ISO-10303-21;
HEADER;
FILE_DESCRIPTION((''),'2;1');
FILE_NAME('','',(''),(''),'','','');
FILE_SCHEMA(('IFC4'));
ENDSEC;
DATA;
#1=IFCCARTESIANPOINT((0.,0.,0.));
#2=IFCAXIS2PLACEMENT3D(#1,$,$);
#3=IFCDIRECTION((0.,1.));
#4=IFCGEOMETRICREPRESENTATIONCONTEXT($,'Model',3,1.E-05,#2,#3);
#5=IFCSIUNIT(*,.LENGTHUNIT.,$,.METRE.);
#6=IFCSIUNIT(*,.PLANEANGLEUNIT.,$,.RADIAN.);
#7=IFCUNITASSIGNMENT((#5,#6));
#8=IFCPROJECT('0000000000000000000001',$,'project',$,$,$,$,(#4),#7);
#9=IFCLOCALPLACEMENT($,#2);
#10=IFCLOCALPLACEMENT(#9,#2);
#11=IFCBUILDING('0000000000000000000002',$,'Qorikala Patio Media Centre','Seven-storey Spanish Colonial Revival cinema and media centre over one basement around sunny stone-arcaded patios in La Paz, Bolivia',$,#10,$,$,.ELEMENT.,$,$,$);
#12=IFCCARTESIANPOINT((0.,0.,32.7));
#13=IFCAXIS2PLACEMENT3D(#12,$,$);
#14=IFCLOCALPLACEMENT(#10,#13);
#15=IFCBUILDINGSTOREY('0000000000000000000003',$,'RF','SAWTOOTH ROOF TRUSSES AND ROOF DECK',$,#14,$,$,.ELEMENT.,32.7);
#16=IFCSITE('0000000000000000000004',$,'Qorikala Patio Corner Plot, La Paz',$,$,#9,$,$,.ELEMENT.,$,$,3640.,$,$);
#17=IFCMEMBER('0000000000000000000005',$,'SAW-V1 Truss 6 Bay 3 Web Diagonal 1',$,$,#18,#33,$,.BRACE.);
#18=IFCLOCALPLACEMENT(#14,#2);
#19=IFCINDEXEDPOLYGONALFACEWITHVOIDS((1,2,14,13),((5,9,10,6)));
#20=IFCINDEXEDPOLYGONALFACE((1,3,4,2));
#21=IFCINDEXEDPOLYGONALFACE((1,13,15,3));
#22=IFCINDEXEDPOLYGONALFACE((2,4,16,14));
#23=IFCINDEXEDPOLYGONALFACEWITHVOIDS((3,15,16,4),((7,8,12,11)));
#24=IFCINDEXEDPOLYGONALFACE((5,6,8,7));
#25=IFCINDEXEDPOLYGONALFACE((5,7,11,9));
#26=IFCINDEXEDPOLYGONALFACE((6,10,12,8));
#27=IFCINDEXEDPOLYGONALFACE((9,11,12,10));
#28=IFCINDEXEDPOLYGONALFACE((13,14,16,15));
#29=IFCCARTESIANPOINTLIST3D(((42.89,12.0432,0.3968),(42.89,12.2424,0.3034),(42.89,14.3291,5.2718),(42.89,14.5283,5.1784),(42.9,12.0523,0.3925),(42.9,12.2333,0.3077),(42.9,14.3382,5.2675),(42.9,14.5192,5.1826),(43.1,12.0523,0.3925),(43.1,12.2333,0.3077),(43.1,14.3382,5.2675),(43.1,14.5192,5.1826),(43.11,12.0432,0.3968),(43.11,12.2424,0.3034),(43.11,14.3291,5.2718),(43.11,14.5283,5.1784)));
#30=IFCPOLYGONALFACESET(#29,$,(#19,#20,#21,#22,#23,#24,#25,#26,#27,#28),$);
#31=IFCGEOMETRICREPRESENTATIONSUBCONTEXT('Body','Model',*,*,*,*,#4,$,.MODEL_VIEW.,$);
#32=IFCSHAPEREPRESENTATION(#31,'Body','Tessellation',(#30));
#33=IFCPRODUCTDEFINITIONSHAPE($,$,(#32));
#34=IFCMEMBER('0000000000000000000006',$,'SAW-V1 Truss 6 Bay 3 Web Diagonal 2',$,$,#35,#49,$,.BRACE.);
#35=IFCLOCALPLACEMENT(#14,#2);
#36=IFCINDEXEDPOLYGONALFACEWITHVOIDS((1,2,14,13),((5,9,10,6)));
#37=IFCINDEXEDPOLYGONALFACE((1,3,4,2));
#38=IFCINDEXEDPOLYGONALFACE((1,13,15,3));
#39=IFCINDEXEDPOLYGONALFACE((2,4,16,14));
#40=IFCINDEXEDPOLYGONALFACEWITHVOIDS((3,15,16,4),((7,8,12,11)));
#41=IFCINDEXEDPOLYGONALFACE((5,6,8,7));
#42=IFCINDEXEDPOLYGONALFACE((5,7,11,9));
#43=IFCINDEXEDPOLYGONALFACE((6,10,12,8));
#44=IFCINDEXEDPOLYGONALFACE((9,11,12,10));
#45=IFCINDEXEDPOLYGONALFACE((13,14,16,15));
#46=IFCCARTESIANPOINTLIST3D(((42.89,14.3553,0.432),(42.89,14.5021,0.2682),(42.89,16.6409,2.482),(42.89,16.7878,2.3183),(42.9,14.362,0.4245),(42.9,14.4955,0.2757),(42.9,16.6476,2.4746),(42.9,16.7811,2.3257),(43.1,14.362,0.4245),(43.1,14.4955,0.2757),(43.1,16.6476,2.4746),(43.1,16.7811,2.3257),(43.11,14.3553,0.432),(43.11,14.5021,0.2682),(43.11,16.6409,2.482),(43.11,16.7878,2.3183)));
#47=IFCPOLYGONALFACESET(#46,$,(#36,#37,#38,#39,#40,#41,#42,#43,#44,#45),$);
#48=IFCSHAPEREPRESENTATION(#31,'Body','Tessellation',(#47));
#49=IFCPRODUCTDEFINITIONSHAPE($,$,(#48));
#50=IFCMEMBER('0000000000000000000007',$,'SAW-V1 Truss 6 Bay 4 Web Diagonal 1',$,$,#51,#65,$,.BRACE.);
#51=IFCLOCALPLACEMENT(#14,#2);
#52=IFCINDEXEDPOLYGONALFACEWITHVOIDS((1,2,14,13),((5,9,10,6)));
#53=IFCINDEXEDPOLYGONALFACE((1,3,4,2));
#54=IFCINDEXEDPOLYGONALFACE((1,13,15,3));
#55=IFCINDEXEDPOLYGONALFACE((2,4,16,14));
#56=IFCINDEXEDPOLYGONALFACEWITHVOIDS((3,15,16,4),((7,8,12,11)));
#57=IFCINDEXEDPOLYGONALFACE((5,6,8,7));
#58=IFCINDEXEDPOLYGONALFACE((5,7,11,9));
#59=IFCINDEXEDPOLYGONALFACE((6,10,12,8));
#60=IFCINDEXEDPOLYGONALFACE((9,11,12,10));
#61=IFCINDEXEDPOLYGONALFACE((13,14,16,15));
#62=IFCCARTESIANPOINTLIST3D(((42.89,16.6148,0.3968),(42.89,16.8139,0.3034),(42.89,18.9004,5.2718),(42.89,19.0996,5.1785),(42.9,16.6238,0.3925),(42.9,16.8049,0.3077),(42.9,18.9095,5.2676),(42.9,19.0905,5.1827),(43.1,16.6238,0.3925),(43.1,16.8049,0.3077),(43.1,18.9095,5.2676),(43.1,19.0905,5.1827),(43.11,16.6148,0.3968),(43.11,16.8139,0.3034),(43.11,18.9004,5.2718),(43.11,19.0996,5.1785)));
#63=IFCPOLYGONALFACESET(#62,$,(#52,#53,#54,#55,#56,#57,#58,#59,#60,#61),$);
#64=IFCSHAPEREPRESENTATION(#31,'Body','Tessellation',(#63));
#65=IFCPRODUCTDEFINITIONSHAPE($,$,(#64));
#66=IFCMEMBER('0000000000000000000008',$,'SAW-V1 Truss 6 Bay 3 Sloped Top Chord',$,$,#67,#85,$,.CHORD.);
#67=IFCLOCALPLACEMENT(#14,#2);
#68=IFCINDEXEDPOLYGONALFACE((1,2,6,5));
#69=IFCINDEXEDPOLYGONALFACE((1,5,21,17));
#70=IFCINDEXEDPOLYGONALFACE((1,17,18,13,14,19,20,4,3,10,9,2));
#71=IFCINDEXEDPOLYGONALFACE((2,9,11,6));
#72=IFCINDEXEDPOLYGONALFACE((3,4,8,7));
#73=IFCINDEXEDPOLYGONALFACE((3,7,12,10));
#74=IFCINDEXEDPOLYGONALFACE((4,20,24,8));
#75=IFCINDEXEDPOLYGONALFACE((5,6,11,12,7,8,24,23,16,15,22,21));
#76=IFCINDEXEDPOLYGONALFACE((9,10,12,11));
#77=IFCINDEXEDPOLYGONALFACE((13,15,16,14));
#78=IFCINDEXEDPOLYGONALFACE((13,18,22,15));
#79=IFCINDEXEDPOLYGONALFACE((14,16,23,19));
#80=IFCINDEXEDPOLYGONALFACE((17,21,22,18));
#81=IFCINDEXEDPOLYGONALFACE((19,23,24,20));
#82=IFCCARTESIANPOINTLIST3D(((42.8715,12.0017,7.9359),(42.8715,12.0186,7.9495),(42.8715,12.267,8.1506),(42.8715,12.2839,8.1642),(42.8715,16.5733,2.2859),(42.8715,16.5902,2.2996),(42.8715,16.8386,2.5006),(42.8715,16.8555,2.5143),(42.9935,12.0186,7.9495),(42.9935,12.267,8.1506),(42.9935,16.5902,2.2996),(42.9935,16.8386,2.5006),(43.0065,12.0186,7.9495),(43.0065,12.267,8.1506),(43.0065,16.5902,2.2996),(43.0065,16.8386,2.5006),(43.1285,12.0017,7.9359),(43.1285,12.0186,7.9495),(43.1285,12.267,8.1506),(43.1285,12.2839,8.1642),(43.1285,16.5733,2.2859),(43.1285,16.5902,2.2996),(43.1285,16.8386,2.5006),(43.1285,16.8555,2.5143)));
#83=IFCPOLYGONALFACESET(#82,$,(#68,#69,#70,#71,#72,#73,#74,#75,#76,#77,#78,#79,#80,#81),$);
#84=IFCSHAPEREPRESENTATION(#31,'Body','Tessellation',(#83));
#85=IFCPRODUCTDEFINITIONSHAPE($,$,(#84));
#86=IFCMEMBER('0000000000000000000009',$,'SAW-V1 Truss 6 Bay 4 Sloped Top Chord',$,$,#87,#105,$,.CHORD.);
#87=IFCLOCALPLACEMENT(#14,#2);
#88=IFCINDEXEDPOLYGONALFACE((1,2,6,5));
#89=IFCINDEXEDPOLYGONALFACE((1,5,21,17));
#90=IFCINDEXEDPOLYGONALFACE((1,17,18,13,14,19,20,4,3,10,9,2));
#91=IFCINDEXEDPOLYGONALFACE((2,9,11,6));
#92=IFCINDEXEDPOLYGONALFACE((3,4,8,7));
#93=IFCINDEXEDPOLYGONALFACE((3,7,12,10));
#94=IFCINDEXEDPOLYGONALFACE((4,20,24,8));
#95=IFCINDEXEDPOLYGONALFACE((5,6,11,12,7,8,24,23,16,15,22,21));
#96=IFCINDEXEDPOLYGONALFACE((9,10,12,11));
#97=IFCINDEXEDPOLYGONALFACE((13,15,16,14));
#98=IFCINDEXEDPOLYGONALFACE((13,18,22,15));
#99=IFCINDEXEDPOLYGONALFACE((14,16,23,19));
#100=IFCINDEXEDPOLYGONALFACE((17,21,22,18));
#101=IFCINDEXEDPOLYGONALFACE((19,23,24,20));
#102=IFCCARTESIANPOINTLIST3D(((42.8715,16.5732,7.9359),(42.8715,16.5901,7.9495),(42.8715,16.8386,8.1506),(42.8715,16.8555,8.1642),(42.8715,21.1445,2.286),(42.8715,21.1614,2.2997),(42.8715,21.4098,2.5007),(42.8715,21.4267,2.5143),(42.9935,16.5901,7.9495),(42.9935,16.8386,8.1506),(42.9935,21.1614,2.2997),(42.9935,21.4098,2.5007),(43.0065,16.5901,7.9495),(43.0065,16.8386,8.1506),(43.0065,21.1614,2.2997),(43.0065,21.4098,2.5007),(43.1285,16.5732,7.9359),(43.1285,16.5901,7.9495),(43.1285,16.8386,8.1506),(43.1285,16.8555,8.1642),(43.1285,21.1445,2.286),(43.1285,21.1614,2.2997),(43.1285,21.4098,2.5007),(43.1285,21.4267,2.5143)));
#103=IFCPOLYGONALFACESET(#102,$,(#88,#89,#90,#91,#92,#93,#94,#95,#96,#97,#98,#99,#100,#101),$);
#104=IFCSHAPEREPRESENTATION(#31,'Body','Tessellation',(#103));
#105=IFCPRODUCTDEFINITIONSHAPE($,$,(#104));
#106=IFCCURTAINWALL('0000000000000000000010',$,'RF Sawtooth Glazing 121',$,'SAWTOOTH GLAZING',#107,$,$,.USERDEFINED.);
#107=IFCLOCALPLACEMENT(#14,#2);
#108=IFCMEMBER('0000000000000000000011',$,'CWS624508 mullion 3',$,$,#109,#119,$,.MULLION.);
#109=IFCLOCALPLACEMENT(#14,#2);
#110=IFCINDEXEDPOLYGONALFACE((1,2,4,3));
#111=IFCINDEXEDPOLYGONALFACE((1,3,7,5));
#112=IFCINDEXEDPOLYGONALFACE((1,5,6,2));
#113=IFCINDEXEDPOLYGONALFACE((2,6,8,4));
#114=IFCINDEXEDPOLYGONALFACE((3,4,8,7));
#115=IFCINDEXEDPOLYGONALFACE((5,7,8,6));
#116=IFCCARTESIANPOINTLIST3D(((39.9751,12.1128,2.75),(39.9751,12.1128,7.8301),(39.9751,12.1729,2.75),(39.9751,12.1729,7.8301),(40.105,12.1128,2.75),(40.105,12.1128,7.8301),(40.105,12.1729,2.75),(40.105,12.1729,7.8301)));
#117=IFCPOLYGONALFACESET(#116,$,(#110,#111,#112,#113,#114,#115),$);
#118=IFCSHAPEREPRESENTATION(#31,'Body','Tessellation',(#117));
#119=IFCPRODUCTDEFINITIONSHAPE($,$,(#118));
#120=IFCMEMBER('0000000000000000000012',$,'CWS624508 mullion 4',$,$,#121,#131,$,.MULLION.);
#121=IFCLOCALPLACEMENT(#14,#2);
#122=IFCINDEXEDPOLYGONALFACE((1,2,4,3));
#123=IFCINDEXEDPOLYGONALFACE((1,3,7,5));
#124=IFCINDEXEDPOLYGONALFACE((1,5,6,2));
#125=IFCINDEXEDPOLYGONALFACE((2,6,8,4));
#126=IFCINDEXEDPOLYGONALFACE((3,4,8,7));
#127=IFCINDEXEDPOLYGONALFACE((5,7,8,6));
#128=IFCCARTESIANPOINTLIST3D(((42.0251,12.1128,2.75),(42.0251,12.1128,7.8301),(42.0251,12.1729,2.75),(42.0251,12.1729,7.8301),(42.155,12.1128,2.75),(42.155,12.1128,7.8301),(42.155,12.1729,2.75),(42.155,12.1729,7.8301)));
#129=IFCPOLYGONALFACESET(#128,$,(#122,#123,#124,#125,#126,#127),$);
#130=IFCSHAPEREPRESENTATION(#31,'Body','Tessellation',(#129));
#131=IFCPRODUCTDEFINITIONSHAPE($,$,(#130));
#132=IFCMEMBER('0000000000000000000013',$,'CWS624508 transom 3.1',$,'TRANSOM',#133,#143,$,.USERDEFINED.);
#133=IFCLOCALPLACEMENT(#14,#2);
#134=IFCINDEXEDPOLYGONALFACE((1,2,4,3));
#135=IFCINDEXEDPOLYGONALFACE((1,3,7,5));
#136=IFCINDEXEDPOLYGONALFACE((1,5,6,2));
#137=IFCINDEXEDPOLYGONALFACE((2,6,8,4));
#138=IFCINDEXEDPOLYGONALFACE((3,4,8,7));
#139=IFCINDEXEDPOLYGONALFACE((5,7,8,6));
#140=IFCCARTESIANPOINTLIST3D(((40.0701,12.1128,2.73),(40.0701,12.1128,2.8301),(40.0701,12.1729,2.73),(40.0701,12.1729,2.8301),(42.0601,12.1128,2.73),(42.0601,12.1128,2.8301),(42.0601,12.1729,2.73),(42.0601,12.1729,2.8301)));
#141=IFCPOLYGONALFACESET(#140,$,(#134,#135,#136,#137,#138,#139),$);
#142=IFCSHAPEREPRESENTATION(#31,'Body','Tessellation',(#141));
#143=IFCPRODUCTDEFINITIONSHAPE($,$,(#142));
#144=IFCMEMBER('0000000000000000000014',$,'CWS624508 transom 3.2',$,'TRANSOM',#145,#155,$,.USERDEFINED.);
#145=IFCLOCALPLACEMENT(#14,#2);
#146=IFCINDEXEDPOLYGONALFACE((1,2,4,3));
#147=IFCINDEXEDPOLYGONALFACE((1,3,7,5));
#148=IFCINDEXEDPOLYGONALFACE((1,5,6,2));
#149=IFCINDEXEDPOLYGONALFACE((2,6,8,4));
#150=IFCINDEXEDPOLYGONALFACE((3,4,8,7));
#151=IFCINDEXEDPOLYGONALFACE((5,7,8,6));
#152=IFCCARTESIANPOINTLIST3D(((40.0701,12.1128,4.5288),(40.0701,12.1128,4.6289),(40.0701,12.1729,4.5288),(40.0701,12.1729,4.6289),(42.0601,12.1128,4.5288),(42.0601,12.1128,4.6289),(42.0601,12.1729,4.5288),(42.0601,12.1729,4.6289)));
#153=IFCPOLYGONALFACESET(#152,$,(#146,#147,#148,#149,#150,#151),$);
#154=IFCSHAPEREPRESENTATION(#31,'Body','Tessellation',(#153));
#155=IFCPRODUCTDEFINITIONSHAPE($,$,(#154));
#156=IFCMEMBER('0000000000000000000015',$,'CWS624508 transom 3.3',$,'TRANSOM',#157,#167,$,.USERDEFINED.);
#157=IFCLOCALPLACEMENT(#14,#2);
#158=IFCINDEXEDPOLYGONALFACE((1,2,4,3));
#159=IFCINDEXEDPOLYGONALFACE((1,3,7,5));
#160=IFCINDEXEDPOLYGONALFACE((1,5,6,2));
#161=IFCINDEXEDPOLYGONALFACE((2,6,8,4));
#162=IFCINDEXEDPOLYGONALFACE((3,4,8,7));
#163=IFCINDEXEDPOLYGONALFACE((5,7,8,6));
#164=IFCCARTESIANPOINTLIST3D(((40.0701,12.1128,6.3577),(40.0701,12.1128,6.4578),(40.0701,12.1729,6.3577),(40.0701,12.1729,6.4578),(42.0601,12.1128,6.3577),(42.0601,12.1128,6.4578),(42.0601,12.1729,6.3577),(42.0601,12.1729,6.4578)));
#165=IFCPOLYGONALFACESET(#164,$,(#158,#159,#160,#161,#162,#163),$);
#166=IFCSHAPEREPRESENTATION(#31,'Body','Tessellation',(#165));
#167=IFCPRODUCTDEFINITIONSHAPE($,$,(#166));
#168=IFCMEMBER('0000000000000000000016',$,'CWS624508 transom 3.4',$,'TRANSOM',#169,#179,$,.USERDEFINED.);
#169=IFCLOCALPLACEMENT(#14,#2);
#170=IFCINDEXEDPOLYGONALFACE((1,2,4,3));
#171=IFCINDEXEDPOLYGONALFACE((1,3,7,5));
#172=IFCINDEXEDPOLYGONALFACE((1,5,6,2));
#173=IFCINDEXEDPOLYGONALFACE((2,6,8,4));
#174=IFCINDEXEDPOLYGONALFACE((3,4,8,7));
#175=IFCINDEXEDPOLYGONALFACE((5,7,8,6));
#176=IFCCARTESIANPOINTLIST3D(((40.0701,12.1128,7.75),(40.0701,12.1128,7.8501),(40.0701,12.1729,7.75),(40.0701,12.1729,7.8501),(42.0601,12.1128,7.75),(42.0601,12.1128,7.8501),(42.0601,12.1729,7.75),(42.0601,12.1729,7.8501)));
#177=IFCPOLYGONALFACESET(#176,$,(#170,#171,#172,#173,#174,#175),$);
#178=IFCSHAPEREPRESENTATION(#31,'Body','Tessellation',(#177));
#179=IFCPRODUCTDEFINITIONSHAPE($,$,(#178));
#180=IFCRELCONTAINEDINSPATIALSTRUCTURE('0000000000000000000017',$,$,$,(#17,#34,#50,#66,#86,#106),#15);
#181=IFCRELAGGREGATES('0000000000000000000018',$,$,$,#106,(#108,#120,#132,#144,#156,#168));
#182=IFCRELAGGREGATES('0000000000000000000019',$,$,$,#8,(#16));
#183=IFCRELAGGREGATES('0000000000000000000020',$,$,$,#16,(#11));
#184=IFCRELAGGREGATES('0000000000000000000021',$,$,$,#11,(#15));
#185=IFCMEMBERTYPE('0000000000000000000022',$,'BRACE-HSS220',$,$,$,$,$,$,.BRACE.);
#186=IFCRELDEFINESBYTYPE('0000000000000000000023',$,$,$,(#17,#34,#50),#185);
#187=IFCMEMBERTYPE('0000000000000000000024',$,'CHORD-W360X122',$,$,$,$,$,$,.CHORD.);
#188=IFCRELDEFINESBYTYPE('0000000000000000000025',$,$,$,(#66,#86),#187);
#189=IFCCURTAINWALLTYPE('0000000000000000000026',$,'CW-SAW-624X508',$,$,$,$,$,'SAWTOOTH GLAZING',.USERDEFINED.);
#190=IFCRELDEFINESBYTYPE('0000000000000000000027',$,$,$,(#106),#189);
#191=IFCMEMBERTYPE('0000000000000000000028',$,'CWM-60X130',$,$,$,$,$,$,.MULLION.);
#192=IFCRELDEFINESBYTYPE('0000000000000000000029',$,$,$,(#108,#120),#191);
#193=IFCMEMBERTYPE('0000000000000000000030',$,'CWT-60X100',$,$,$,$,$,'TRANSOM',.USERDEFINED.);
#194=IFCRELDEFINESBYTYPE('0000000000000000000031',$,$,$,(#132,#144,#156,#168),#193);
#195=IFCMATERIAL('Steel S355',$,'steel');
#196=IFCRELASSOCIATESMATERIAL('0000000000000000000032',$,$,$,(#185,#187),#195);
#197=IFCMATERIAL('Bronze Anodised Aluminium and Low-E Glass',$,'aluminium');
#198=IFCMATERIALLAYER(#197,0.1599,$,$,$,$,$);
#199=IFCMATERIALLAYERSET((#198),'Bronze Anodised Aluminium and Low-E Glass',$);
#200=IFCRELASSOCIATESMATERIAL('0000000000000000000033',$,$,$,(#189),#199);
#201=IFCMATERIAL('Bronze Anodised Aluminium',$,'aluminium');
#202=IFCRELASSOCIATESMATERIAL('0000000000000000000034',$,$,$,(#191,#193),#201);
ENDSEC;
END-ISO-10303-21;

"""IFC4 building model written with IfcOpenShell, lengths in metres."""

from ifc_helpers import new_model, si_unit, direction, frame, origin, origin_2d, place, context, subcontext, project, spatial, rectangle, hollow_rectangle, i_section, extrude, material, layer, layer_set, material_profile, profile_set, type_object, element, aggregate, save


model = new_model("IFC4")

# Units and contexts
model_context = context("Model", 3, precision=1e-05, world=origin(), true_north=direction((0.0, 1.0)))
body_context = subcontext(model_context, "Body", "Model", "MODEL_VIEW")
ifc_project = project(units=[si_unit("LENGTHUNIT", "METRE"), si_unit("PLANEANGLEUNIT", "RADIAN")], contexts=[model_context])

# Site, building, storey
site_placement = place(None, origin())
site = spatial("IfcSite", under=ifc_project, at=site_placement, Name="Qorikala Patio Corner Plot, La Paz", CompositionType="ELEMENT", RefElevation=3640.0)
building_placement = place(site_placement, origin())
building = spatial("IfcBuilding", under=site, at=building_placement, Name="Qorikala Patio Media Centre", Description="Seven-storey Spanish Colonial Revival cinema and media centre over one basement around sunny stone-arcaded patios in La Paz, Bolivia", CompositionType="ELEMENT")
storey_placement = place(building_placement, frame((0.0, 0.0, 32.7)))
storey = spatial("IfcBuildingStorey", under=building, at=storey_placement, Name="RF", Description="SAWTOOTH ROOF TRUSSES AND ROOF DECK", CompositionType="ELEMENT", Elevation=32.7)

# Members
ifc_material_1 = material(Name="Steel S355", Category="steel")
ifc_material_profile_1 = material_profile(ifc_material_1, hollow_rectangle(XDim=0.22, YDim=0.22, WallThickness=0.01, at=origin_2d()), Name="HSS220X220X10")
ifc_profile_set_1 = profile_set([ifc_material_profile_1], Name="Steel S355")
member_type_1 = type_object("IfcMemberType", Name="BRACE-HSS220", PredefinedType="BRACE", material=ifc_profile_set_1)
member_1_placement = place(storey_placement, frame((43.0, 12.1428, 0.3501), z_axis=(0.0, 0.424545, 0.905407), x_axis=(-1.0, 0.0, 0.0)))
element("IfcMember", 1, at=member_1_placement, inside=storey, type_object=member_type_1, Name="SAW-V1 Truss 6 Bay 3 Web Diagonal 1", PredefinedType="BRACE", context=body_context, shape_type="SweptSolid", body=[
    extrude(hollow_rectangle(XDim=0.22, YDim=0.22, WallThickness=0.01, at=origin_2d()), origin(), (0.0, 0.0, 1.0), 5.3843),
])
member_2_placement = place(storey_placement, frame((43.0, 14.4287, 0.3501), z_axis=(0.0, 0.744432, 0.667699), x_axis=(-1.0, 0.0, 0.0)))
element("IfcMember", 2, at=member_2_placement, inside=storey, type_object=member_type_1, Name="SAW-V1 Truss 6 Bay 3 Web Diagonal 2", PredefinedType="BRACE", context=body_context, shape_type="SweptSolid", body=[
    extrude(hollow_rectangle(XDim=0.22, YDim=0.22, WallThickness=0.01, at=origin_2d()), origin(), (0.0, 0.0, 1.0), 3.0703),
])
member_3_placement = place(storey_placement, frame((43.0, 16.7144, 0.3501), z_axis=(0.0, 0.424508, 0.905424), x_axis=(-1.0, 0.0, 0.0)))
element("IfcMember", 3, at=member_3_placement, inside=storey, type_object=member_type_1, Name="SAW-V1 Truss 6 Bay 4 Web Diagonal 1", PredefinedType="BRACE", context=body_context, shape_type="SweptSolid", body=[
    extrude(hollow_rectangle(XDim=0.22, YDim=0.22, WallThickness=0.01, at=origin_2d()), origin(), (0.0, 0.0, 1.0), 5.3843),
])
ifc_material_profile_2 = material_profile(ifc_material_1, i_section(OverallWidth=0.2571, OverallDepth=0.363, WebThickness=0.0129, FlangeThickness=0.0217, at=origin_2d()), Name="W360X122")
ifc_profile_set_2 = profile_set([ifc_material_profile_2], Name="Steel S355")
member_type_2 = type_object("IfcMemberType", Name="CHORD-W360X122", PredefinedType="CHORD", material=ifc_profile_set_2)
member_4_placement = place(storey_placement, frame((43.0, 12.1428, 8.05), z_axis=(0.0, 0.629016, -0.777393), x_axis=(-1.0, 0.0, 0.0)))
element("IfcMember", 4, at=member_4_placement, inside=storey, type_object=member_type_2, Name="SAW-V1 Truss 6 Bay 3 Sloped Top Chord", PredefinedType="CHORD", context=body_context, shape_type="SweptSolid", body=[
    extrude(i_section(OverallWidth=0.2571, OverallDepth=0.363, WebThickness=0.0129, FlangeThickness=0.0217, at=origin_2d()), origin(), (0.0, 0.0, 1.0), 7.2678),
])
member_5_placement = place(storey_placement, frame((43.0, 16.7144, 8.05), z_axis=(0.0, 0.628995, -0.777409), x_axis=(-1.0, 0.0, 0.0)))
element("IfcMember", 5, at=member_5_placement, inside=storey, type_object=member_type_2, Name="SAW-V1 Truss 6 Bay 4 Sloped Top Chord", PredefinedType="CHORD", context=body_context, shape_type="SweptSolid", body=[
    extrude(i_section(OverallWidth=0.2571, OverallDepth=0.363, WebThickness=0.0129, FlangeThickness=0.0217, at=origin_2d()), origin(), (0.0, 0.0, 1.0), 7.2676),
])

# Curtain wall, members
ifc_material_2 = material(Name="Bronze Anodised Aluminium and Low-E Glass", Category="aluminium")
ifc_layer_1 = layer(ifc_material_2, 0.1599)
ifc_layer_set_1 = layer_set([ifc_layer_1], Name="Bronze Anodised Aluminium and Low-E Glass")
curtain_wall_type = type_object("IfcCurtainWallType", Name="CW-SAW-624X508", ElementType="SAWTOOTH GLAZING", PredefinedType="USERDEFINED", material=ifc_layer_set_1)
curtain_wall_placement = place(storey_placement, origin())
curtain_wall = element("IfcCurtainWall", 6, at=curtain_wall_placement, inside=storey, type_object=curtain_wall_type, Name="RF Sawtooth Glazing 121", ObjectType="SAWTOOTH GLAZING", PredefinedType="USERDEFINED")
ifc_material_3 = material(Name="Bronze Anodised Aluminium", Category="aluminium")
ifc_material_profile_3 = material_profile(ifc_material_3, rectangle(XDim=0.0601, YDim=0.1299, at=origin_2d()), Name="ALU MULLION 60x130")
ifc_profile_set_3 = profile_set([ifc_material_profile_3], Name="Bronze Anodised Aluminium")
member_type_3 = type_object("IfcMemberType", Name="CWM-60X130", PredefinedType="MULLION", material=ifc_profile_set_3)
member_6_placement = place(storey_placement, frame((40.04, 12.1428, 2.75), z_axis=(0.0, 0.0, 1.0), x_axis=(0.0, 1.0, 0.0)))
member_6 = element("IfcMember", 7, at=member_6_placement, type_object=member_type_3, Name="CWS624508 mullion 3", PredefinedType="MULLION", context=body_context, shape_type="SweptSolid", body=[
    extrude(rectangle(XDim=0.0601, YDim=0.1299, at=origin_2d()), origin(), (0.0, 0.0, 1.0), 5.0801),
])
member_7_placement = place(storey_placement, frame((42.0901, 12.1428, 2.75), z_axis=(0.0, 0.0, 1.0), x_axis=(0.0, 1.0, 0.0)))
member_7 = element("IfcMember", 8, at=member_7_placement, type_object=member_type_3, Name="CWS624508 mullion 4", PredefinedType="MULLION", context=body_context, shape_type="SweptSolid", body=[
    extrude(rectangle(XDim=0.0601, YDim=0.1299, at=origin_2d()), origin(), (0.0, 0.0, 1.0), 5.0801),
])
ifc_material_profile_4 = material_profile(ifc_material_3, rectangle(XDim=0.0601, YDim=0.1001, at=origin_2d()), Name="ALU TRANSOM 60x100")
ifc_profile_set_4 = profile_set([ifc_material_profile_4], Name="Bronze Anodised Aluminium")
member_type_4 = type_object("IfcMemberType", Name="CWT-60X100", ElementType="TRANSOM", PredefinedType="USERDEFINED", material=ifc_profile_set_4)
member_8_placement = place(storey_placement, frame((40.0701, 12.1428, 2.78), z_axis=(1.0, 0.0, 0.0), x_axis=(0.0, 1.0, 0.0)))
member_8 = element("IfcMember", 9, at=member_8_placement, type_object=member_type_4, Name="CWS624508 transom 3.1", ObjectType="TRANSOM", PredefinedType="USERDEFINED", context=body_context, shape_type="SweptSolid", body=[
    extrude(rectangle(XDim=0.0601, YDim=0.1001, at=origin_2d()), origin(), (0.0, 0.0, 1.0), 1.99),
])
member_9_placement = place(storey_placement, frame((40.0701, 12.1428, 4.5789), z_axis=(1.0, 0.0, 0.0), x_axis=(0.0, 1.0, 0.0)))
member_9 = element("IfcMember", 10, at=member_9_placement, type_object=member_type_4, Name="CWS624508 transom 3.2", ObjectType="TRANSOM", PredefinedType="USERDEFINED", context=body_context, shape_type="SweptSolid", body=[
    extrude(rectangle(XDim=0.0601, YDim=0.1001, at=origin_2d()), origin(), (0.0, 0.0, 1.0), 1.99),
])
member_10_placement = place(storey_placement, frame((40.0701, 12.1428, 6.4077), z_axis=(1.0, 0.0, 0.0), x_axis=(0.0, 1.0, 0.0)))
member_10 = element("IfcMember", 11, at=member_10_placement, type_object=member_type_4, Name="CWS624508 transom 3.3", ObjectType="TRANSOM", PredefinedType="USERDEFINED", context=body_context, shape_type="SweptSolid", body=[
    extrude(rectangle(XDim=0.0601, YDim=0.1001, at=origin_2d()), origin(), (0.0, 0.0, 1.0), 1.99),
])
member_11_placement = place(storey_placement, frame((40.0701, 12.1428, 7.8), z_axis=(1.0, 0.0, 0.0), x_axis=(0.0, 1.0, 0.0)))
member_11 = element("IfcMember", 12, at=member_11_placement, type_object=member_type_4, Name="CWS624508 transom 3.4", ObjectType="TRANSOM", PredefinedType="USERDEFINED", context=body_context, shape_type="SweptSolid", body=[
    extrude(rectangle(XDim=0.0601, YDim=0.1001, at=origin_2d()), origin(), (0.0, 0.0, 1.0), 1.99),
])

aggregate(curtain_wall, [member_6, member_7, member_8, member_9, member_10, member_11])

save(model, "model.ifc")
